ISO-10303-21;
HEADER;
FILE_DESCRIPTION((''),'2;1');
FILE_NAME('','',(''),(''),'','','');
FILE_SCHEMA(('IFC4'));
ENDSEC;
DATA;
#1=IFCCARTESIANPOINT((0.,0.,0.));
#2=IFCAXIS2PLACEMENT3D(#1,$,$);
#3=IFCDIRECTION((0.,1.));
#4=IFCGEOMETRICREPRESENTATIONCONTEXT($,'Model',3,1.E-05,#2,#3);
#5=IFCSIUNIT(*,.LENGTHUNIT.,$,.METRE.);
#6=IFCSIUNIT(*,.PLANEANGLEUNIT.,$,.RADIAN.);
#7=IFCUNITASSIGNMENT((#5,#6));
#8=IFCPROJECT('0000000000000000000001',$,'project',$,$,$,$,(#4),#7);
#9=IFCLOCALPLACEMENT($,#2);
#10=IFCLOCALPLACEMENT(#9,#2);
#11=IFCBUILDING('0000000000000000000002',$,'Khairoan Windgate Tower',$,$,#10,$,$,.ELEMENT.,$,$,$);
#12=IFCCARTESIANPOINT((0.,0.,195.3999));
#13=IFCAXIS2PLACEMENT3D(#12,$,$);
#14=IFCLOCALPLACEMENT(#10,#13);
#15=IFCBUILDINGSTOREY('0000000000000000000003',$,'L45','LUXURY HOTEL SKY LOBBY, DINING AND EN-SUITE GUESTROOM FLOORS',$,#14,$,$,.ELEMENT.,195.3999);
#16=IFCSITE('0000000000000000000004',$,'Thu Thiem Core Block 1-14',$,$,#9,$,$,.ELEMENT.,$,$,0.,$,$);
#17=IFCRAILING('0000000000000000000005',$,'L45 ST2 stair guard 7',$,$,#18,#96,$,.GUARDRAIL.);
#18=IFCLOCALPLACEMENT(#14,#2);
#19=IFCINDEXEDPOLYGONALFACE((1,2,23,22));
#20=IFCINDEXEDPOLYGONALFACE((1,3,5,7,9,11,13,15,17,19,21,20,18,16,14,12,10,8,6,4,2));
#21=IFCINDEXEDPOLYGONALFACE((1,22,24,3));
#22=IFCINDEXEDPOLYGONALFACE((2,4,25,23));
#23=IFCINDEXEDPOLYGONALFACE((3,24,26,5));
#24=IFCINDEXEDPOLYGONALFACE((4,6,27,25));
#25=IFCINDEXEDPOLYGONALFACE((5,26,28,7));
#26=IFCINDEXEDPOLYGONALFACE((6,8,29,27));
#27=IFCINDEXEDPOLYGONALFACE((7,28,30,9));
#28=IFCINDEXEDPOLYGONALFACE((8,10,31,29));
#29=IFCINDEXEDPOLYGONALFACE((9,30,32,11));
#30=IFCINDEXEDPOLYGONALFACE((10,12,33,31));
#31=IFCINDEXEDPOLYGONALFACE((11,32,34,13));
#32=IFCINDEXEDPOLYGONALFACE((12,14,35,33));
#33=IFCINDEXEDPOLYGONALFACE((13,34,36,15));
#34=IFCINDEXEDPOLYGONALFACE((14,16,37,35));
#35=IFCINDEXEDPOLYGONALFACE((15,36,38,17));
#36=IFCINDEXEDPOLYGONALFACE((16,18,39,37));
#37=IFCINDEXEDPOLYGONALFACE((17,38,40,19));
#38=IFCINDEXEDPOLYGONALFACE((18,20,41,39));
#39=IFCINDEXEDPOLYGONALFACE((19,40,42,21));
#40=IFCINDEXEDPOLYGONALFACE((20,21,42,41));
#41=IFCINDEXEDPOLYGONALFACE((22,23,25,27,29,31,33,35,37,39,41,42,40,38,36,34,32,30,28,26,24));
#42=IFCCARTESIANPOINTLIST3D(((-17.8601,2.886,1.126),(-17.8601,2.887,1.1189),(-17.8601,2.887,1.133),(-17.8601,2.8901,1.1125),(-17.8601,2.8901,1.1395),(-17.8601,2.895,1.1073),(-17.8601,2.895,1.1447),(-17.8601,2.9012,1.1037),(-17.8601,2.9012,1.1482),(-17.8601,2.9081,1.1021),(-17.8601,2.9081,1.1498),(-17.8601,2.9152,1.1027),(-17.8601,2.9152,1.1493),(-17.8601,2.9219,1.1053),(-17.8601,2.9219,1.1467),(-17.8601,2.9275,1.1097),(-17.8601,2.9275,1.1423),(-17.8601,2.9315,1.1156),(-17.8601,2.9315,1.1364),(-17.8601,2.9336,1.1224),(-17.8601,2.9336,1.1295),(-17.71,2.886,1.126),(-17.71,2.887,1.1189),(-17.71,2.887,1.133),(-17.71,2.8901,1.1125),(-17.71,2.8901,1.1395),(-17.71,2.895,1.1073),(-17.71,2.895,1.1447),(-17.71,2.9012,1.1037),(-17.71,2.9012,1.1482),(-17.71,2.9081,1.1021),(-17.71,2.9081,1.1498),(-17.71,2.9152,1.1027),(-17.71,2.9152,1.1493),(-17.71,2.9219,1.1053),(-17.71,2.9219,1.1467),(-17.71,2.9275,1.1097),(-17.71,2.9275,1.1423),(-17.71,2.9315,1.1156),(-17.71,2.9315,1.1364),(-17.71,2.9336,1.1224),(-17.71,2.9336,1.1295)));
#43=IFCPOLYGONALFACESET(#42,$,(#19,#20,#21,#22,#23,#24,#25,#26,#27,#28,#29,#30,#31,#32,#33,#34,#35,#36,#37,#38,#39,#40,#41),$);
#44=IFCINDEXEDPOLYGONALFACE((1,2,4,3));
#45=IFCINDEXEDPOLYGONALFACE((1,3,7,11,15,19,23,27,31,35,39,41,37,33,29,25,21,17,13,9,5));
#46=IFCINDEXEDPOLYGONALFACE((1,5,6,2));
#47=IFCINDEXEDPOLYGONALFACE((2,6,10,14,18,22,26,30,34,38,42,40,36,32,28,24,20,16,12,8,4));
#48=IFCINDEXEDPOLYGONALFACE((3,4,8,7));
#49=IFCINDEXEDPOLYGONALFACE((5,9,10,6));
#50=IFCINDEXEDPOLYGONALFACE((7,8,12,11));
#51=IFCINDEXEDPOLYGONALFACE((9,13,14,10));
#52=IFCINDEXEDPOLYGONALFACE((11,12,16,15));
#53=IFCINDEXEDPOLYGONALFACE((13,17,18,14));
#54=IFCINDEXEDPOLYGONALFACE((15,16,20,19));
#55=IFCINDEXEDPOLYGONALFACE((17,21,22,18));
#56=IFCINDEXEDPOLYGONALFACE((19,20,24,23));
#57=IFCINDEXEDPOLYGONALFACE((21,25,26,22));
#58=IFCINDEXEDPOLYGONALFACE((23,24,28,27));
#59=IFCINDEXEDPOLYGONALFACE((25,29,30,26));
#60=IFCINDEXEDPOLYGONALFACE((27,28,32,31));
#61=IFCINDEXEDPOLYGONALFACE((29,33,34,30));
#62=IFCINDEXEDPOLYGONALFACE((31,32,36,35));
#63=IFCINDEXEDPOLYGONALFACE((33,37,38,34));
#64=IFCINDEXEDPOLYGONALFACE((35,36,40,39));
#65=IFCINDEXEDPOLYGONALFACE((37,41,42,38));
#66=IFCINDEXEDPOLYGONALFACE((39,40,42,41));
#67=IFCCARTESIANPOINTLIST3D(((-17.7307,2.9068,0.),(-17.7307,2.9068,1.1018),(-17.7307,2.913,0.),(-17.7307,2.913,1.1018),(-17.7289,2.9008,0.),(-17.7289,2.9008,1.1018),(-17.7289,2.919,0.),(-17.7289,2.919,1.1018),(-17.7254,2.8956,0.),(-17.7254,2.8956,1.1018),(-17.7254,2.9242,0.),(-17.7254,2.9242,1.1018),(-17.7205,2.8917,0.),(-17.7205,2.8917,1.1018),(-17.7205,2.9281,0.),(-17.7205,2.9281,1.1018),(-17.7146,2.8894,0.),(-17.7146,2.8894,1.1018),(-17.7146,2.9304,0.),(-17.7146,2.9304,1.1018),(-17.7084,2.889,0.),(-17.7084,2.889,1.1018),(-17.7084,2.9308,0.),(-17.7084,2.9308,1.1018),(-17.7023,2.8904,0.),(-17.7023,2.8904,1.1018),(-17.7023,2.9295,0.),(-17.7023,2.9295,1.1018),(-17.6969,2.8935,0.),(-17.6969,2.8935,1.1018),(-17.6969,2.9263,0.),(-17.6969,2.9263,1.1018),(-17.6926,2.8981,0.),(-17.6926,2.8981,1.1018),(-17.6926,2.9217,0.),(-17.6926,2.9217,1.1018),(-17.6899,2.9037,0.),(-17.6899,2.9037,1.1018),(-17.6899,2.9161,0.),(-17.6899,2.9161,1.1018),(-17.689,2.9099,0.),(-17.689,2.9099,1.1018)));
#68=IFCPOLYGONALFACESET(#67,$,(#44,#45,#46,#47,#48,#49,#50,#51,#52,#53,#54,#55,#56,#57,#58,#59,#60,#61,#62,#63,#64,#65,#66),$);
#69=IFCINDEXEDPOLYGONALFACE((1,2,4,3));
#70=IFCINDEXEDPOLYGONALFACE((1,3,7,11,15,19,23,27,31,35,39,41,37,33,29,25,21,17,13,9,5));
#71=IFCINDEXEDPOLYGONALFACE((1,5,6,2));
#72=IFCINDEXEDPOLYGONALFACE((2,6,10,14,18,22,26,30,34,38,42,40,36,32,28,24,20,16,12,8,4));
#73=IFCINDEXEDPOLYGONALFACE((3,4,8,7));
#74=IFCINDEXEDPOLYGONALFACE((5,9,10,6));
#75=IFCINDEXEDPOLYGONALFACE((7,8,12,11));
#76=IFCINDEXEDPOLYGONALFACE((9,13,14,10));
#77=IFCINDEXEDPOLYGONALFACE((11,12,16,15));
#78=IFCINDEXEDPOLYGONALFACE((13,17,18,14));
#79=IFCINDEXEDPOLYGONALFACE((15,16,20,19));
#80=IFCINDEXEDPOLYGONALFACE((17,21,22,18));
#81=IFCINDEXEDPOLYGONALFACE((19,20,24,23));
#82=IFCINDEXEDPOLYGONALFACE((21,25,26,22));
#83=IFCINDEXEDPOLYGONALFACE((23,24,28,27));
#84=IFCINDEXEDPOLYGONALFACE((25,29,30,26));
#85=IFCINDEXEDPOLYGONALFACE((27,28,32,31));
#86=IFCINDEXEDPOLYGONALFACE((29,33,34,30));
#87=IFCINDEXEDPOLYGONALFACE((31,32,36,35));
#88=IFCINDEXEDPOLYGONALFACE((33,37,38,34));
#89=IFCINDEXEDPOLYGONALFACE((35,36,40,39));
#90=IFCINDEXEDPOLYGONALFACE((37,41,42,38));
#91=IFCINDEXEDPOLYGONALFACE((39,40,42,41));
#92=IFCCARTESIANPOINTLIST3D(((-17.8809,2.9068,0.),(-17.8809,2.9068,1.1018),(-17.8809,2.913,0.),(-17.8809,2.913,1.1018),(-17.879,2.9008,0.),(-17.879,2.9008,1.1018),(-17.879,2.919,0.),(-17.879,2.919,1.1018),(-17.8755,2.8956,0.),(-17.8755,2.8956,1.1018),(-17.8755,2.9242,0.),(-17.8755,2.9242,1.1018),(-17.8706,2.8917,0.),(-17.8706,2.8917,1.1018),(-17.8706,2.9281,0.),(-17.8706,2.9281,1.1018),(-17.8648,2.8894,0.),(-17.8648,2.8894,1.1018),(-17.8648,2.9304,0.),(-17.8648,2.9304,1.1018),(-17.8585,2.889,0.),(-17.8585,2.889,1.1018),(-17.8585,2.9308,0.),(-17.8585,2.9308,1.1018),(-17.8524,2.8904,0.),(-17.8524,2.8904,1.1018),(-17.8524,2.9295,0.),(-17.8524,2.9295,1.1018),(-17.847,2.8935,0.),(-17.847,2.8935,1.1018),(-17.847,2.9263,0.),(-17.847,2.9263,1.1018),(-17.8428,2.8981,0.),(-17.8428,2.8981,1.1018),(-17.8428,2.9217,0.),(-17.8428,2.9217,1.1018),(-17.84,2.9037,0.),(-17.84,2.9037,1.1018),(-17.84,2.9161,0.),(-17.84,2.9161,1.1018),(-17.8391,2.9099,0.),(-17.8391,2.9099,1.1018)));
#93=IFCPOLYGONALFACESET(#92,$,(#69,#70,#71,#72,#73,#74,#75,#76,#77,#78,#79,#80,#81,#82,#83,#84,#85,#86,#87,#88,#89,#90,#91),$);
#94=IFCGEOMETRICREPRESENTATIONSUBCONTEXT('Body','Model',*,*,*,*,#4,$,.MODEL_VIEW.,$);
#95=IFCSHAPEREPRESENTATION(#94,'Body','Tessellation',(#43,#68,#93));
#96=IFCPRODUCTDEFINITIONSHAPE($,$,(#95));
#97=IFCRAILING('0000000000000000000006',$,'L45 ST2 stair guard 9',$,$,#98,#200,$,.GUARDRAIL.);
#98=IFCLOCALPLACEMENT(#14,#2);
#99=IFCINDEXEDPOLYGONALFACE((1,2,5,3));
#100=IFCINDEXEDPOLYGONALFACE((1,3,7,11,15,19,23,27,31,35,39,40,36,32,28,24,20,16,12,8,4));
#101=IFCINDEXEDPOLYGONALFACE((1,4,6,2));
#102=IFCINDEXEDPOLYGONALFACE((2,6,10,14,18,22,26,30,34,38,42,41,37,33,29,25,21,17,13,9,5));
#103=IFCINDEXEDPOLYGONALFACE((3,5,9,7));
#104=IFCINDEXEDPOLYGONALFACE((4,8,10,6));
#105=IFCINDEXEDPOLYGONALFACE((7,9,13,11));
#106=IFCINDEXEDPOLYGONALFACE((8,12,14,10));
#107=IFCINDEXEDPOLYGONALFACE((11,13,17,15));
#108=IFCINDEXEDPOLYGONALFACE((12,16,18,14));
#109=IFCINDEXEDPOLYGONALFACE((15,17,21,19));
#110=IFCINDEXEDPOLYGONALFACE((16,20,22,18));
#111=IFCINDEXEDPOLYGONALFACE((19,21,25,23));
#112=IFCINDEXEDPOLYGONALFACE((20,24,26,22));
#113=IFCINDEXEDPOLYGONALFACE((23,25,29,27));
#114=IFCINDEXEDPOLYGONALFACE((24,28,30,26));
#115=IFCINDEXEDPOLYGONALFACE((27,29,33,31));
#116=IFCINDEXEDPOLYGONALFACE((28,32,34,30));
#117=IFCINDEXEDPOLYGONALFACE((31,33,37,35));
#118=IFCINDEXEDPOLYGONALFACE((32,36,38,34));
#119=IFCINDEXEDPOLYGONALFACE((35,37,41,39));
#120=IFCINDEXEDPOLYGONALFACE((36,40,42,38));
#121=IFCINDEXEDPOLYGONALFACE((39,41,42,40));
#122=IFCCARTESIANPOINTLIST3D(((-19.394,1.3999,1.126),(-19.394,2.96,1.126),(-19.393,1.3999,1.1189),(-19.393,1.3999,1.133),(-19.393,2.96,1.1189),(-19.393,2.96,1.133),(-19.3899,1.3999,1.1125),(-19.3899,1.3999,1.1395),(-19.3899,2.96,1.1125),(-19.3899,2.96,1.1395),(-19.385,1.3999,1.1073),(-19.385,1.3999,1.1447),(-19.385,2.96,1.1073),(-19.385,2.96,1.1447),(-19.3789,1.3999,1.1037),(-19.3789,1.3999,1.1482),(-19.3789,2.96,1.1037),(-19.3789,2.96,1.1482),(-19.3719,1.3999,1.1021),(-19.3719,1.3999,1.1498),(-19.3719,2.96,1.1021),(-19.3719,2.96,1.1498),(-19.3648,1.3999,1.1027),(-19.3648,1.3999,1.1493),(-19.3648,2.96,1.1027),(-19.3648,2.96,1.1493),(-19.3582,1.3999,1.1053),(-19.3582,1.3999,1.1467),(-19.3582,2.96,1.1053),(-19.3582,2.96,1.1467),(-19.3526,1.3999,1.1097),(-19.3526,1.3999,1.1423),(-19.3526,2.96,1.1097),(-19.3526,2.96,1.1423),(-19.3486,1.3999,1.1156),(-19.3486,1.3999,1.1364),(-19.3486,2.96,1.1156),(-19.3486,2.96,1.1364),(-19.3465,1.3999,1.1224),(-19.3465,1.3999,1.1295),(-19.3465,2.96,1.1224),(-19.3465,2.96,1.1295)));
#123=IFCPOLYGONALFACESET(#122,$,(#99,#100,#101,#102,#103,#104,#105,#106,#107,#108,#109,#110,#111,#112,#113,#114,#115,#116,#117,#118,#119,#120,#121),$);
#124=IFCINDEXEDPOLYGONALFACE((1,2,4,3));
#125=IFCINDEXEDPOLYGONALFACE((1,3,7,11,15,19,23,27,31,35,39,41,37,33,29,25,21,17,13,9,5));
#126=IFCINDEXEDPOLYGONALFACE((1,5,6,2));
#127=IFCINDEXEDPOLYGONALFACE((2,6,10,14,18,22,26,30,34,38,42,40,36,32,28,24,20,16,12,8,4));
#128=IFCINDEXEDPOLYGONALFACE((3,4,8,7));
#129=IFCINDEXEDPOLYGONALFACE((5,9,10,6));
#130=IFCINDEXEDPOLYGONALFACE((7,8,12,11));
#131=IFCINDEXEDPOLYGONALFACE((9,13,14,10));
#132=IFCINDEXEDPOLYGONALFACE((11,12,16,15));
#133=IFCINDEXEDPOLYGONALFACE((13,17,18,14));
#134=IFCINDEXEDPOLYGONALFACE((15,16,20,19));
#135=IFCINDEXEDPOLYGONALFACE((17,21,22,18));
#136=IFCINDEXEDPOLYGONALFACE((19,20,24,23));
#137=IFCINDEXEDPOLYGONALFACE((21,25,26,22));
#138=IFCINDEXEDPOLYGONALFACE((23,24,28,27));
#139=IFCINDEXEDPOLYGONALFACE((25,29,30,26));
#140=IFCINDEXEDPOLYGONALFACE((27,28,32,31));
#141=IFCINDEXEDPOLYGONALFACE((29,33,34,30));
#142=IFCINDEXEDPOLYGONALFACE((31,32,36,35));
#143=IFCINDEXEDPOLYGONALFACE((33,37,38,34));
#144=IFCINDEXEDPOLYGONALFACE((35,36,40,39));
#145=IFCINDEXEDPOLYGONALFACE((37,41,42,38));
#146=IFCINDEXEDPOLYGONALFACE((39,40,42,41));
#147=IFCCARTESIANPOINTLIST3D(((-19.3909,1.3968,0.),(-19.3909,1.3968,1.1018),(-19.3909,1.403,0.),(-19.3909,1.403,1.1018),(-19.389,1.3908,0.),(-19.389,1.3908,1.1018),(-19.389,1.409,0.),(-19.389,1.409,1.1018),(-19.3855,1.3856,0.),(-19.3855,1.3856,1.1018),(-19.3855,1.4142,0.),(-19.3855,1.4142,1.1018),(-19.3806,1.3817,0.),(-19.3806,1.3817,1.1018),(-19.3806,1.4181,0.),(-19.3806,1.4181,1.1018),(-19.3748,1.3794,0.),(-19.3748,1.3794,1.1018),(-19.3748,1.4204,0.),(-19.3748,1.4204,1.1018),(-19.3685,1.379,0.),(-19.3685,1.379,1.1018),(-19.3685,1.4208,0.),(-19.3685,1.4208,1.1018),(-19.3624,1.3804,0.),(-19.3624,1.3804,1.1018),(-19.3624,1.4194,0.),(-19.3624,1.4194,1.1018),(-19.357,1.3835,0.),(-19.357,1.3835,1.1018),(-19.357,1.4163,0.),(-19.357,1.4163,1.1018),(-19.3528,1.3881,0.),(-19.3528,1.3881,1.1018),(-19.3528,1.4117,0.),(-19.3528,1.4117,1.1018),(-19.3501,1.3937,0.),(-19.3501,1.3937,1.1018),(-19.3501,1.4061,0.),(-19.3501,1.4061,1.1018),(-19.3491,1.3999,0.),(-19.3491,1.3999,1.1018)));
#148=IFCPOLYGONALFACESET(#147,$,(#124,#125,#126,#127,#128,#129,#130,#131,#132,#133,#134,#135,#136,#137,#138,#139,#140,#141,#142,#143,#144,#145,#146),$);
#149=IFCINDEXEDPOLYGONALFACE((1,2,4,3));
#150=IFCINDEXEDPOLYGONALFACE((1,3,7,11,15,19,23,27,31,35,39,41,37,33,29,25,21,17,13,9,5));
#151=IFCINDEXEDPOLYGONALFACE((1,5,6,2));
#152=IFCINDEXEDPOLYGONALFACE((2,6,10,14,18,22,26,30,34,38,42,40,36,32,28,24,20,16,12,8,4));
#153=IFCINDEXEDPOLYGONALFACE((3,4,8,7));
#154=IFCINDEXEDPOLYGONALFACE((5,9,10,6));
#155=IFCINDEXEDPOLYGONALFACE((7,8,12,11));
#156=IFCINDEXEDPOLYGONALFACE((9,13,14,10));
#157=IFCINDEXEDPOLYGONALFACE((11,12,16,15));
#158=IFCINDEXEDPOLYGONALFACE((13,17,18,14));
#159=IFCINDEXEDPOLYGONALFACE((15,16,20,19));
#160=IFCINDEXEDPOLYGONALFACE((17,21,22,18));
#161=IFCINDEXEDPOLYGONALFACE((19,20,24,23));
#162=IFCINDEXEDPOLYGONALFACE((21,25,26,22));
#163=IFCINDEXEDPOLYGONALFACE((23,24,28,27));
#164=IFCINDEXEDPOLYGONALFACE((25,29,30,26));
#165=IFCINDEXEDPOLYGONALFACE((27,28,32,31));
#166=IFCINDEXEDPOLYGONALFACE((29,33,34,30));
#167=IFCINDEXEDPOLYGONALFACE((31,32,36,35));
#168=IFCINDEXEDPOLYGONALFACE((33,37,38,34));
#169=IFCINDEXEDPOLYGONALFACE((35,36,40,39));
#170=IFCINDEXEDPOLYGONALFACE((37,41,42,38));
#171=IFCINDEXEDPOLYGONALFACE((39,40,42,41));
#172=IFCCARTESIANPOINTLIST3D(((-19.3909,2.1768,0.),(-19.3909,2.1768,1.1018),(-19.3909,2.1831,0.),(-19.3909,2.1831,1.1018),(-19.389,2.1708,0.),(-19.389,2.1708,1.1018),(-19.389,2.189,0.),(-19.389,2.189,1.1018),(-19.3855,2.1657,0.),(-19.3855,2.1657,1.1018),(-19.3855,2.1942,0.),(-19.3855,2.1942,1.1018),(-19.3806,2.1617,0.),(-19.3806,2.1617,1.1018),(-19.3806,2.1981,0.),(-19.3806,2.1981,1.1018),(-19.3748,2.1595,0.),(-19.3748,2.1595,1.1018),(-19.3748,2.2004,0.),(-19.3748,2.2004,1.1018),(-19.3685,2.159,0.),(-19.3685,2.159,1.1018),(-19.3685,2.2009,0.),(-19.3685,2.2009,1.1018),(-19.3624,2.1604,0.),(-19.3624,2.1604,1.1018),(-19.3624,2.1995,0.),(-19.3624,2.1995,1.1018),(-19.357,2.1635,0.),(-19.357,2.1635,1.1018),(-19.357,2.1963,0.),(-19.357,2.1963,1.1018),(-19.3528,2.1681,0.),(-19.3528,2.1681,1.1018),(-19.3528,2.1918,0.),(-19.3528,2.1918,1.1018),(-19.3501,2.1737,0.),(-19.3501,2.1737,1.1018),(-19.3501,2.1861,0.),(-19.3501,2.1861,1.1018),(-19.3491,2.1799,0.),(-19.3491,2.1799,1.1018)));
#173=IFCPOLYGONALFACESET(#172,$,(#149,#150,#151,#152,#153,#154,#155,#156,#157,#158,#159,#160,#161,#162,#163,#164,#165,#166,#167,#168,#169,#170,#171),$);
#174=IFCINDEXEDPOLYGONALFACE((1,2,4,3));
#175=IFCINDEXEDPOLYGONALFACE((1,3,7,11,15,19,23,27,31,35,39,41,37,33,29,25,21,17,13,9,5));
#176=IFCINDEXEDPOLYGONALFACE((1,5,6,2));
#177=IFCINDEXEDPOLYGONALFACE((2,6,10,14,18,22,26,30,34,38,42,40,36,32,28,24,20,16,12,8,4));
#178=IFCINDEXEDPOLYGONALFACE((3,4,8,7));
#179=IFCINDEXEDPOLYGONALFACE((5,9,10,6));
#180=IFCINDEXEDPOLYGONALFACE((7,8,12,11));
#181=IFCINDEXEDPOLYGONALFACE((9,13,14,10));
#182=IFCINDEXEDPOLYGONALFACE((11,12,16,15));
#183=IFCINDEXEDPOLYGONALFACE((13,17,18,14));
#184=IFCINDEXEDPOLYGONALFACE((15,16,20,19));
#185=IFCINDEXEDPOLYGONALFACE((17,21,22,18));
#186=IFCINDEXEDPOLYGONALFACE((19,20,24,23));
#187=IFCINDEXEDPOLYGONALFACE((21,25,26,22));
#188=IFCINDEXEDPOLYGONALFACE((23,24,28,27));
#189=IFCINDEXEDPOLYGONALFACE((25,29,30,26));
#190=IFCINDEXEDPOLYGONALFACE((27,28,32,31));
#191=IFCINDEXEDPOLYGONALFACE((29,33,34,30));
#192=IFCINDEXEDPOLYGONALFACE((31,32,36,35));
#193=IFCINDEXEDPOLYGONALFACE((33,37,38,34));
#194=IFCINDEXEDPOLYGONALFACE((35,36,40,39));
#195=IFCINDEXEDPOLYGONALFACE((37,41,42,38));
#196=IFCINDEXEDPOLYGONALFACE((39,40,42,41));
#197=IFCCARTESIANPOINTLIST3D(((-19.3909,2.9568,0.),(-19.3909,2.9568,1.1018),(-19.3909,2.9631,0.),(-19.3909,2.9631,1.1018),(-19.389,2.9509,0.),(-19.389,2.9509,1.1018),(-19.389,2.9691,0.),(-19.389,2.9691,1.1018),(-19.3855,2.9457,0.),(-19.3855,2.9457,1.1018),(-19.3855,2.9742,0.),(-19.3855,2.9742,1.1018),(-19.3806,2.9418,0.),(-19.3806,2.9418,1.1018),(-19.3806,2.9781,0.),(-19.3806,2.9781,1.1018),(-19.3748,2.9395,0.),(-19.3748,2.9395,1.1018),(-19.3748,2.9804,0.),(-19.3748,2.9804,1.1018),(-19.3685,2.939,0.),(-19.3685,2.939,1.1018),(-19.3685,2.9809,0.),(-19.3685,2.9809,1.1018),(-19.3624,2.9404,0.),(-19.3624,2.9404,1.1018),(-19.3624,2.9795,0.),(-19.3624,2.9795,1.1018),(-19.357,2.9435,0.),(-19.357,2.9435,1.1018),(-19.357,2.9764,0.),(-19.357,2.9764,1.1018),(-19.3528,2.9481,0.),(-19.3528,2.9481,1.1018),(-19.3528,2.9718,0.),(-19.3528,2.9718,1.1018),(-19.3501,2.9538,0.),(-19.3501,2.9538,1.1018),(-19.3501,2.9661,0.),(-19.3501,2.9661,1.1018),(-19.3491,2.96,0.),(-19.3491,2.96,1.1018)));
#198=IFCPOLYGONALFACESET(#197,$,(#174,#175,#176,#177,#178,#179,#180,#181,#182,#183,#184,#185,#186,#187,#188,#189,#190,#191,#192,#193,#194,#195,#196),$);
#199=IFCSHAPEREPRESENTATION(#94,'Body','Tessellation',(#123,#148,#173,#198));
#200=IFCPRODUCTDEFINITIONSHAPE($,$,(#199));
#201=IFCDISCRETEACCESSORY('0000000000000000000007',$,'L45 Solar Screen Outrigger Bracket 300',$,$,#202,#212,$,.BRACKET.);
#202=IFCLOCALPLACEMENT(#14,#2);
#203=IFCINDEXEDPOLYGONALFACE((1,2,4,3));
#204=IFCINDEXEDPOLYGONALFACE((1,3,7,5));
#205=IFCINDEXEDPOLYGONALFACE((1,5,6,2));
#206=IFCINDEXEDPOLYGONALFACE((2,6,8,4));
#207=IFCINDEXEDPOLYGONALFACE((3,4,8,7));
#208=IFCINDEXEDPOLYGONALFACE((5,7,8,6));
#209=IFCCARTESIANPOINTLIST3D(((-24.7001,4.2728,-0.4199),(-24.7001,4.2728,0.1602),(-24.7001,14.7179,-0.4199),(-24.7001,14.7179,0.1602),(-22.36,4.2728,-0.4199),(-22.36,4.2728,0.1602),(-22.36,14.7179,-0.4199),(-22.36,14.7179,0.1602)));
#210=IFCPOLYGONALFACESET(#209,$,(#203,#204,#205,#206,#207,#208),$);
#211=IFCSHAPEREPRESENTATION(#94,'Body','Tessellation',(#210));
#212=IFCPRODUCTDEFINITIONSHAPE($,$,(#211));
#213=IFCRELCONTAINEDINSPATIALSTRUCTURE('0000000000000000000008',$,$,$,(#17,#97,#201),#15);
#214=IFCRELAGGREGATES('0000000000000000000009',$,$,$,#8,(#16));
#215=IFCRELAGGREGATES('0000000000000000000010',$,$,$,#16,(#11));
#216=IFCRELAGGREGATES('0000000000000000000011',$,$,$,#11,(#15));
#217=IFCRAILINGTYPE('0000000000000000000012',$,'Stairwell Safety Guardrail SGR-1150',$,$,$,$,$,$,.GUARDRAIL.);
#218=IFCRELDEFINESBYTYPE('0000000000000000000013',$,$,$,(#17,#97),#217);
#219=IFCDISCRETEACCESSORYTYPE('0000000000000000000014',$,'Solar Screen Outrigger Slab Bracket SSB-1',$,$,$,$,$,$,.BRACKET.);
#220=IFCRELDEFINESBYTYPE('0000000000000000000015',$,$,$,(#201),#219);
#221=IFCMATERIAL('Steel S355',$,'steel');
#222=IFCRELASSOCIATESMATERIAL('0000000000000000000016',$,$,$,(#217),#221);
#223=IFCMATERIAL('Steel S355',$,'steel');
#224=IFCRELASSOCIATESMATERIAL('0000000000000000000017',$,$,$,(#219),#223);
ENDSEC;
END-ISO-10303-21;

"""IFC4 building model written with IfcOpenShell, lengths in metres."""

from ifc_helpers import new_model, si_unit, direction, frame, origin, origin_2d, place, context, subcontext, project, spatial, rectangle, circle, extrude, material, type_object, element, save


model = new_model("IFC4")

# Units and contexts
model_context = context("Model", 3, precision=1e-05, world=origin(), true_north=direction((0.0, 1.0)))
body_context = subcontext(model_context, "Body", "Model", "MODEL_VIEW")
ifc_project = project(units=[si_unit("LENGTHUNIT", "METRE"), si_unit("PLANEANGLEUNIT", "RADIAN")], contexts=[model_context])

# Site, building, storey
site_placement = place(None, origin())
site = spatial("IfcSite", under=ifc_project, at=site_placement, Name="Thu Thiem Core Block 1-14", CompositionType="ELEMENT", RefElevation=0.0)
building_placement = place(site_placement, origin())
building = spatial("IfcBuilding", under=site, at=building_placement, Name="Khairoan Windgate Tower", CompositionType="ELEMENT")
storey_placement = place(building_placement, frame((0.0, 0.0, 195.3999)))
storey = spatial("IfcBuildingStorey", under=building, at=storey_placement, Name="L45", Description="LUXURY HOTEL SKY LOBBY, DINING AND EN-SUITE GUESTROOM FLOORS", CompositionType="ELEMENT", Elevation=195.3999)

# Railings
ifc_material_1 = material(Name="Steel S355", Category="steel")
railing_type_1 = type_object("IfcRailingType", Name="Stairwell Safety Guardrail SGR-1150", PredefinedType="GUARDRAIL", material=ifc_material_1)
railing_1_placement = place(storey_placement, frame((-17.71, 2.9099, 0.0)))
element("IfcRailing", 1, at=railing_1_placement, inside=storey, type_object=railing_type_1, Name="L45 ST2 stair guard 7", PredefinedType="GUARDRAIL", context=body_context, shape_type="SweptSolid", body=[
    extrude(circle(Radius=0.0239, at=origin_2d()), frame((0.0, 0.0, 1.126), z_axis=(-1.0, 0.0, 0.0), x_axis=(0.0, -1.0, 0.0)), (0.0, 0.0, 1.0), 0.1501),
    extrude(circle(Radius=0.021, at=origin_2d()), origin(), (0.0, 0.0, 1.0), 1.1018),
    extrude(circle(Radius=0.021, at=origin_2d()), frame((-0.1501, 0.0, 0.0)), (0.0, 0.0, 1.0), 1.1018),
])
railing_2_placement = place(storey_placement, frame((-19.3701, 1.3999, 0.0)))
element("IfcRailing", 2, at=railing_2_placement, inside=storey, type_object=railing_type_1, Name="L45 ST2 stair guard 9", PredefinedType="GUARDRAIL", context=body_context, shape_type="SweptSolid", body=[
    extrude(circle(Radius=0.0239, at=origin_2d()), frame((0.0, 0.0, 1.126), z_axis=(0.0, 1.0, 0.0), x_axis=(-1.0, 0.0, 0.0)), (0.0, 0.0, 1.0), 1.5601),
    extrude(circle(Radius=0.021, at=origin_2d()), origin(), (0.0, 0.0, 1.0), 1.1018),
    extrude(circle(Radius=0.021, at=origin_2d()), frame((0.0, 0.78, 0.0)), (0.0, 0.0, 1.0), 1.1018),
    extrude(circle(Radius=0.021, at=origin_2d()), frame((0.0, 1.5601, 0.0)), (0.0, 0.0, 1.0), 1.1018),
])

# Discrete accessory
ifc_material_2 = material(Name="Steel S355", Category="steel")
discrete_accessory_type = type_object("IfcDiscreteAccessoryType", Name="Solar Screen Outrigger Slab Bracket SSB-1", PredefinedType="BRACKET", material=ifc_material_2)
discrete_accessory_placement = place(storey_placement, frame((-23.53, 9.4954, -0.4199), z_axis=(0.0, 0.0, 1.0), x_axis=(0.0, 1.0, 0.0)))
element("IfcDiscreteAccessory", 3, at=discrete_accessory_placement, inside=storey, type_object=discrete_accessory_type, Name="L45 Solar Screen Outrigger Bracket 300", PredefinedType="BRACKET", context=body_context, shape_type="SweptSolid", body=[
    extrude(rectangle(XDim=10.4451, YDim=2.3401, at=origin_2d()), origin(), (0.0, 0.0, 1.0), 0.5801),
])

save(model, "model.ifc")
